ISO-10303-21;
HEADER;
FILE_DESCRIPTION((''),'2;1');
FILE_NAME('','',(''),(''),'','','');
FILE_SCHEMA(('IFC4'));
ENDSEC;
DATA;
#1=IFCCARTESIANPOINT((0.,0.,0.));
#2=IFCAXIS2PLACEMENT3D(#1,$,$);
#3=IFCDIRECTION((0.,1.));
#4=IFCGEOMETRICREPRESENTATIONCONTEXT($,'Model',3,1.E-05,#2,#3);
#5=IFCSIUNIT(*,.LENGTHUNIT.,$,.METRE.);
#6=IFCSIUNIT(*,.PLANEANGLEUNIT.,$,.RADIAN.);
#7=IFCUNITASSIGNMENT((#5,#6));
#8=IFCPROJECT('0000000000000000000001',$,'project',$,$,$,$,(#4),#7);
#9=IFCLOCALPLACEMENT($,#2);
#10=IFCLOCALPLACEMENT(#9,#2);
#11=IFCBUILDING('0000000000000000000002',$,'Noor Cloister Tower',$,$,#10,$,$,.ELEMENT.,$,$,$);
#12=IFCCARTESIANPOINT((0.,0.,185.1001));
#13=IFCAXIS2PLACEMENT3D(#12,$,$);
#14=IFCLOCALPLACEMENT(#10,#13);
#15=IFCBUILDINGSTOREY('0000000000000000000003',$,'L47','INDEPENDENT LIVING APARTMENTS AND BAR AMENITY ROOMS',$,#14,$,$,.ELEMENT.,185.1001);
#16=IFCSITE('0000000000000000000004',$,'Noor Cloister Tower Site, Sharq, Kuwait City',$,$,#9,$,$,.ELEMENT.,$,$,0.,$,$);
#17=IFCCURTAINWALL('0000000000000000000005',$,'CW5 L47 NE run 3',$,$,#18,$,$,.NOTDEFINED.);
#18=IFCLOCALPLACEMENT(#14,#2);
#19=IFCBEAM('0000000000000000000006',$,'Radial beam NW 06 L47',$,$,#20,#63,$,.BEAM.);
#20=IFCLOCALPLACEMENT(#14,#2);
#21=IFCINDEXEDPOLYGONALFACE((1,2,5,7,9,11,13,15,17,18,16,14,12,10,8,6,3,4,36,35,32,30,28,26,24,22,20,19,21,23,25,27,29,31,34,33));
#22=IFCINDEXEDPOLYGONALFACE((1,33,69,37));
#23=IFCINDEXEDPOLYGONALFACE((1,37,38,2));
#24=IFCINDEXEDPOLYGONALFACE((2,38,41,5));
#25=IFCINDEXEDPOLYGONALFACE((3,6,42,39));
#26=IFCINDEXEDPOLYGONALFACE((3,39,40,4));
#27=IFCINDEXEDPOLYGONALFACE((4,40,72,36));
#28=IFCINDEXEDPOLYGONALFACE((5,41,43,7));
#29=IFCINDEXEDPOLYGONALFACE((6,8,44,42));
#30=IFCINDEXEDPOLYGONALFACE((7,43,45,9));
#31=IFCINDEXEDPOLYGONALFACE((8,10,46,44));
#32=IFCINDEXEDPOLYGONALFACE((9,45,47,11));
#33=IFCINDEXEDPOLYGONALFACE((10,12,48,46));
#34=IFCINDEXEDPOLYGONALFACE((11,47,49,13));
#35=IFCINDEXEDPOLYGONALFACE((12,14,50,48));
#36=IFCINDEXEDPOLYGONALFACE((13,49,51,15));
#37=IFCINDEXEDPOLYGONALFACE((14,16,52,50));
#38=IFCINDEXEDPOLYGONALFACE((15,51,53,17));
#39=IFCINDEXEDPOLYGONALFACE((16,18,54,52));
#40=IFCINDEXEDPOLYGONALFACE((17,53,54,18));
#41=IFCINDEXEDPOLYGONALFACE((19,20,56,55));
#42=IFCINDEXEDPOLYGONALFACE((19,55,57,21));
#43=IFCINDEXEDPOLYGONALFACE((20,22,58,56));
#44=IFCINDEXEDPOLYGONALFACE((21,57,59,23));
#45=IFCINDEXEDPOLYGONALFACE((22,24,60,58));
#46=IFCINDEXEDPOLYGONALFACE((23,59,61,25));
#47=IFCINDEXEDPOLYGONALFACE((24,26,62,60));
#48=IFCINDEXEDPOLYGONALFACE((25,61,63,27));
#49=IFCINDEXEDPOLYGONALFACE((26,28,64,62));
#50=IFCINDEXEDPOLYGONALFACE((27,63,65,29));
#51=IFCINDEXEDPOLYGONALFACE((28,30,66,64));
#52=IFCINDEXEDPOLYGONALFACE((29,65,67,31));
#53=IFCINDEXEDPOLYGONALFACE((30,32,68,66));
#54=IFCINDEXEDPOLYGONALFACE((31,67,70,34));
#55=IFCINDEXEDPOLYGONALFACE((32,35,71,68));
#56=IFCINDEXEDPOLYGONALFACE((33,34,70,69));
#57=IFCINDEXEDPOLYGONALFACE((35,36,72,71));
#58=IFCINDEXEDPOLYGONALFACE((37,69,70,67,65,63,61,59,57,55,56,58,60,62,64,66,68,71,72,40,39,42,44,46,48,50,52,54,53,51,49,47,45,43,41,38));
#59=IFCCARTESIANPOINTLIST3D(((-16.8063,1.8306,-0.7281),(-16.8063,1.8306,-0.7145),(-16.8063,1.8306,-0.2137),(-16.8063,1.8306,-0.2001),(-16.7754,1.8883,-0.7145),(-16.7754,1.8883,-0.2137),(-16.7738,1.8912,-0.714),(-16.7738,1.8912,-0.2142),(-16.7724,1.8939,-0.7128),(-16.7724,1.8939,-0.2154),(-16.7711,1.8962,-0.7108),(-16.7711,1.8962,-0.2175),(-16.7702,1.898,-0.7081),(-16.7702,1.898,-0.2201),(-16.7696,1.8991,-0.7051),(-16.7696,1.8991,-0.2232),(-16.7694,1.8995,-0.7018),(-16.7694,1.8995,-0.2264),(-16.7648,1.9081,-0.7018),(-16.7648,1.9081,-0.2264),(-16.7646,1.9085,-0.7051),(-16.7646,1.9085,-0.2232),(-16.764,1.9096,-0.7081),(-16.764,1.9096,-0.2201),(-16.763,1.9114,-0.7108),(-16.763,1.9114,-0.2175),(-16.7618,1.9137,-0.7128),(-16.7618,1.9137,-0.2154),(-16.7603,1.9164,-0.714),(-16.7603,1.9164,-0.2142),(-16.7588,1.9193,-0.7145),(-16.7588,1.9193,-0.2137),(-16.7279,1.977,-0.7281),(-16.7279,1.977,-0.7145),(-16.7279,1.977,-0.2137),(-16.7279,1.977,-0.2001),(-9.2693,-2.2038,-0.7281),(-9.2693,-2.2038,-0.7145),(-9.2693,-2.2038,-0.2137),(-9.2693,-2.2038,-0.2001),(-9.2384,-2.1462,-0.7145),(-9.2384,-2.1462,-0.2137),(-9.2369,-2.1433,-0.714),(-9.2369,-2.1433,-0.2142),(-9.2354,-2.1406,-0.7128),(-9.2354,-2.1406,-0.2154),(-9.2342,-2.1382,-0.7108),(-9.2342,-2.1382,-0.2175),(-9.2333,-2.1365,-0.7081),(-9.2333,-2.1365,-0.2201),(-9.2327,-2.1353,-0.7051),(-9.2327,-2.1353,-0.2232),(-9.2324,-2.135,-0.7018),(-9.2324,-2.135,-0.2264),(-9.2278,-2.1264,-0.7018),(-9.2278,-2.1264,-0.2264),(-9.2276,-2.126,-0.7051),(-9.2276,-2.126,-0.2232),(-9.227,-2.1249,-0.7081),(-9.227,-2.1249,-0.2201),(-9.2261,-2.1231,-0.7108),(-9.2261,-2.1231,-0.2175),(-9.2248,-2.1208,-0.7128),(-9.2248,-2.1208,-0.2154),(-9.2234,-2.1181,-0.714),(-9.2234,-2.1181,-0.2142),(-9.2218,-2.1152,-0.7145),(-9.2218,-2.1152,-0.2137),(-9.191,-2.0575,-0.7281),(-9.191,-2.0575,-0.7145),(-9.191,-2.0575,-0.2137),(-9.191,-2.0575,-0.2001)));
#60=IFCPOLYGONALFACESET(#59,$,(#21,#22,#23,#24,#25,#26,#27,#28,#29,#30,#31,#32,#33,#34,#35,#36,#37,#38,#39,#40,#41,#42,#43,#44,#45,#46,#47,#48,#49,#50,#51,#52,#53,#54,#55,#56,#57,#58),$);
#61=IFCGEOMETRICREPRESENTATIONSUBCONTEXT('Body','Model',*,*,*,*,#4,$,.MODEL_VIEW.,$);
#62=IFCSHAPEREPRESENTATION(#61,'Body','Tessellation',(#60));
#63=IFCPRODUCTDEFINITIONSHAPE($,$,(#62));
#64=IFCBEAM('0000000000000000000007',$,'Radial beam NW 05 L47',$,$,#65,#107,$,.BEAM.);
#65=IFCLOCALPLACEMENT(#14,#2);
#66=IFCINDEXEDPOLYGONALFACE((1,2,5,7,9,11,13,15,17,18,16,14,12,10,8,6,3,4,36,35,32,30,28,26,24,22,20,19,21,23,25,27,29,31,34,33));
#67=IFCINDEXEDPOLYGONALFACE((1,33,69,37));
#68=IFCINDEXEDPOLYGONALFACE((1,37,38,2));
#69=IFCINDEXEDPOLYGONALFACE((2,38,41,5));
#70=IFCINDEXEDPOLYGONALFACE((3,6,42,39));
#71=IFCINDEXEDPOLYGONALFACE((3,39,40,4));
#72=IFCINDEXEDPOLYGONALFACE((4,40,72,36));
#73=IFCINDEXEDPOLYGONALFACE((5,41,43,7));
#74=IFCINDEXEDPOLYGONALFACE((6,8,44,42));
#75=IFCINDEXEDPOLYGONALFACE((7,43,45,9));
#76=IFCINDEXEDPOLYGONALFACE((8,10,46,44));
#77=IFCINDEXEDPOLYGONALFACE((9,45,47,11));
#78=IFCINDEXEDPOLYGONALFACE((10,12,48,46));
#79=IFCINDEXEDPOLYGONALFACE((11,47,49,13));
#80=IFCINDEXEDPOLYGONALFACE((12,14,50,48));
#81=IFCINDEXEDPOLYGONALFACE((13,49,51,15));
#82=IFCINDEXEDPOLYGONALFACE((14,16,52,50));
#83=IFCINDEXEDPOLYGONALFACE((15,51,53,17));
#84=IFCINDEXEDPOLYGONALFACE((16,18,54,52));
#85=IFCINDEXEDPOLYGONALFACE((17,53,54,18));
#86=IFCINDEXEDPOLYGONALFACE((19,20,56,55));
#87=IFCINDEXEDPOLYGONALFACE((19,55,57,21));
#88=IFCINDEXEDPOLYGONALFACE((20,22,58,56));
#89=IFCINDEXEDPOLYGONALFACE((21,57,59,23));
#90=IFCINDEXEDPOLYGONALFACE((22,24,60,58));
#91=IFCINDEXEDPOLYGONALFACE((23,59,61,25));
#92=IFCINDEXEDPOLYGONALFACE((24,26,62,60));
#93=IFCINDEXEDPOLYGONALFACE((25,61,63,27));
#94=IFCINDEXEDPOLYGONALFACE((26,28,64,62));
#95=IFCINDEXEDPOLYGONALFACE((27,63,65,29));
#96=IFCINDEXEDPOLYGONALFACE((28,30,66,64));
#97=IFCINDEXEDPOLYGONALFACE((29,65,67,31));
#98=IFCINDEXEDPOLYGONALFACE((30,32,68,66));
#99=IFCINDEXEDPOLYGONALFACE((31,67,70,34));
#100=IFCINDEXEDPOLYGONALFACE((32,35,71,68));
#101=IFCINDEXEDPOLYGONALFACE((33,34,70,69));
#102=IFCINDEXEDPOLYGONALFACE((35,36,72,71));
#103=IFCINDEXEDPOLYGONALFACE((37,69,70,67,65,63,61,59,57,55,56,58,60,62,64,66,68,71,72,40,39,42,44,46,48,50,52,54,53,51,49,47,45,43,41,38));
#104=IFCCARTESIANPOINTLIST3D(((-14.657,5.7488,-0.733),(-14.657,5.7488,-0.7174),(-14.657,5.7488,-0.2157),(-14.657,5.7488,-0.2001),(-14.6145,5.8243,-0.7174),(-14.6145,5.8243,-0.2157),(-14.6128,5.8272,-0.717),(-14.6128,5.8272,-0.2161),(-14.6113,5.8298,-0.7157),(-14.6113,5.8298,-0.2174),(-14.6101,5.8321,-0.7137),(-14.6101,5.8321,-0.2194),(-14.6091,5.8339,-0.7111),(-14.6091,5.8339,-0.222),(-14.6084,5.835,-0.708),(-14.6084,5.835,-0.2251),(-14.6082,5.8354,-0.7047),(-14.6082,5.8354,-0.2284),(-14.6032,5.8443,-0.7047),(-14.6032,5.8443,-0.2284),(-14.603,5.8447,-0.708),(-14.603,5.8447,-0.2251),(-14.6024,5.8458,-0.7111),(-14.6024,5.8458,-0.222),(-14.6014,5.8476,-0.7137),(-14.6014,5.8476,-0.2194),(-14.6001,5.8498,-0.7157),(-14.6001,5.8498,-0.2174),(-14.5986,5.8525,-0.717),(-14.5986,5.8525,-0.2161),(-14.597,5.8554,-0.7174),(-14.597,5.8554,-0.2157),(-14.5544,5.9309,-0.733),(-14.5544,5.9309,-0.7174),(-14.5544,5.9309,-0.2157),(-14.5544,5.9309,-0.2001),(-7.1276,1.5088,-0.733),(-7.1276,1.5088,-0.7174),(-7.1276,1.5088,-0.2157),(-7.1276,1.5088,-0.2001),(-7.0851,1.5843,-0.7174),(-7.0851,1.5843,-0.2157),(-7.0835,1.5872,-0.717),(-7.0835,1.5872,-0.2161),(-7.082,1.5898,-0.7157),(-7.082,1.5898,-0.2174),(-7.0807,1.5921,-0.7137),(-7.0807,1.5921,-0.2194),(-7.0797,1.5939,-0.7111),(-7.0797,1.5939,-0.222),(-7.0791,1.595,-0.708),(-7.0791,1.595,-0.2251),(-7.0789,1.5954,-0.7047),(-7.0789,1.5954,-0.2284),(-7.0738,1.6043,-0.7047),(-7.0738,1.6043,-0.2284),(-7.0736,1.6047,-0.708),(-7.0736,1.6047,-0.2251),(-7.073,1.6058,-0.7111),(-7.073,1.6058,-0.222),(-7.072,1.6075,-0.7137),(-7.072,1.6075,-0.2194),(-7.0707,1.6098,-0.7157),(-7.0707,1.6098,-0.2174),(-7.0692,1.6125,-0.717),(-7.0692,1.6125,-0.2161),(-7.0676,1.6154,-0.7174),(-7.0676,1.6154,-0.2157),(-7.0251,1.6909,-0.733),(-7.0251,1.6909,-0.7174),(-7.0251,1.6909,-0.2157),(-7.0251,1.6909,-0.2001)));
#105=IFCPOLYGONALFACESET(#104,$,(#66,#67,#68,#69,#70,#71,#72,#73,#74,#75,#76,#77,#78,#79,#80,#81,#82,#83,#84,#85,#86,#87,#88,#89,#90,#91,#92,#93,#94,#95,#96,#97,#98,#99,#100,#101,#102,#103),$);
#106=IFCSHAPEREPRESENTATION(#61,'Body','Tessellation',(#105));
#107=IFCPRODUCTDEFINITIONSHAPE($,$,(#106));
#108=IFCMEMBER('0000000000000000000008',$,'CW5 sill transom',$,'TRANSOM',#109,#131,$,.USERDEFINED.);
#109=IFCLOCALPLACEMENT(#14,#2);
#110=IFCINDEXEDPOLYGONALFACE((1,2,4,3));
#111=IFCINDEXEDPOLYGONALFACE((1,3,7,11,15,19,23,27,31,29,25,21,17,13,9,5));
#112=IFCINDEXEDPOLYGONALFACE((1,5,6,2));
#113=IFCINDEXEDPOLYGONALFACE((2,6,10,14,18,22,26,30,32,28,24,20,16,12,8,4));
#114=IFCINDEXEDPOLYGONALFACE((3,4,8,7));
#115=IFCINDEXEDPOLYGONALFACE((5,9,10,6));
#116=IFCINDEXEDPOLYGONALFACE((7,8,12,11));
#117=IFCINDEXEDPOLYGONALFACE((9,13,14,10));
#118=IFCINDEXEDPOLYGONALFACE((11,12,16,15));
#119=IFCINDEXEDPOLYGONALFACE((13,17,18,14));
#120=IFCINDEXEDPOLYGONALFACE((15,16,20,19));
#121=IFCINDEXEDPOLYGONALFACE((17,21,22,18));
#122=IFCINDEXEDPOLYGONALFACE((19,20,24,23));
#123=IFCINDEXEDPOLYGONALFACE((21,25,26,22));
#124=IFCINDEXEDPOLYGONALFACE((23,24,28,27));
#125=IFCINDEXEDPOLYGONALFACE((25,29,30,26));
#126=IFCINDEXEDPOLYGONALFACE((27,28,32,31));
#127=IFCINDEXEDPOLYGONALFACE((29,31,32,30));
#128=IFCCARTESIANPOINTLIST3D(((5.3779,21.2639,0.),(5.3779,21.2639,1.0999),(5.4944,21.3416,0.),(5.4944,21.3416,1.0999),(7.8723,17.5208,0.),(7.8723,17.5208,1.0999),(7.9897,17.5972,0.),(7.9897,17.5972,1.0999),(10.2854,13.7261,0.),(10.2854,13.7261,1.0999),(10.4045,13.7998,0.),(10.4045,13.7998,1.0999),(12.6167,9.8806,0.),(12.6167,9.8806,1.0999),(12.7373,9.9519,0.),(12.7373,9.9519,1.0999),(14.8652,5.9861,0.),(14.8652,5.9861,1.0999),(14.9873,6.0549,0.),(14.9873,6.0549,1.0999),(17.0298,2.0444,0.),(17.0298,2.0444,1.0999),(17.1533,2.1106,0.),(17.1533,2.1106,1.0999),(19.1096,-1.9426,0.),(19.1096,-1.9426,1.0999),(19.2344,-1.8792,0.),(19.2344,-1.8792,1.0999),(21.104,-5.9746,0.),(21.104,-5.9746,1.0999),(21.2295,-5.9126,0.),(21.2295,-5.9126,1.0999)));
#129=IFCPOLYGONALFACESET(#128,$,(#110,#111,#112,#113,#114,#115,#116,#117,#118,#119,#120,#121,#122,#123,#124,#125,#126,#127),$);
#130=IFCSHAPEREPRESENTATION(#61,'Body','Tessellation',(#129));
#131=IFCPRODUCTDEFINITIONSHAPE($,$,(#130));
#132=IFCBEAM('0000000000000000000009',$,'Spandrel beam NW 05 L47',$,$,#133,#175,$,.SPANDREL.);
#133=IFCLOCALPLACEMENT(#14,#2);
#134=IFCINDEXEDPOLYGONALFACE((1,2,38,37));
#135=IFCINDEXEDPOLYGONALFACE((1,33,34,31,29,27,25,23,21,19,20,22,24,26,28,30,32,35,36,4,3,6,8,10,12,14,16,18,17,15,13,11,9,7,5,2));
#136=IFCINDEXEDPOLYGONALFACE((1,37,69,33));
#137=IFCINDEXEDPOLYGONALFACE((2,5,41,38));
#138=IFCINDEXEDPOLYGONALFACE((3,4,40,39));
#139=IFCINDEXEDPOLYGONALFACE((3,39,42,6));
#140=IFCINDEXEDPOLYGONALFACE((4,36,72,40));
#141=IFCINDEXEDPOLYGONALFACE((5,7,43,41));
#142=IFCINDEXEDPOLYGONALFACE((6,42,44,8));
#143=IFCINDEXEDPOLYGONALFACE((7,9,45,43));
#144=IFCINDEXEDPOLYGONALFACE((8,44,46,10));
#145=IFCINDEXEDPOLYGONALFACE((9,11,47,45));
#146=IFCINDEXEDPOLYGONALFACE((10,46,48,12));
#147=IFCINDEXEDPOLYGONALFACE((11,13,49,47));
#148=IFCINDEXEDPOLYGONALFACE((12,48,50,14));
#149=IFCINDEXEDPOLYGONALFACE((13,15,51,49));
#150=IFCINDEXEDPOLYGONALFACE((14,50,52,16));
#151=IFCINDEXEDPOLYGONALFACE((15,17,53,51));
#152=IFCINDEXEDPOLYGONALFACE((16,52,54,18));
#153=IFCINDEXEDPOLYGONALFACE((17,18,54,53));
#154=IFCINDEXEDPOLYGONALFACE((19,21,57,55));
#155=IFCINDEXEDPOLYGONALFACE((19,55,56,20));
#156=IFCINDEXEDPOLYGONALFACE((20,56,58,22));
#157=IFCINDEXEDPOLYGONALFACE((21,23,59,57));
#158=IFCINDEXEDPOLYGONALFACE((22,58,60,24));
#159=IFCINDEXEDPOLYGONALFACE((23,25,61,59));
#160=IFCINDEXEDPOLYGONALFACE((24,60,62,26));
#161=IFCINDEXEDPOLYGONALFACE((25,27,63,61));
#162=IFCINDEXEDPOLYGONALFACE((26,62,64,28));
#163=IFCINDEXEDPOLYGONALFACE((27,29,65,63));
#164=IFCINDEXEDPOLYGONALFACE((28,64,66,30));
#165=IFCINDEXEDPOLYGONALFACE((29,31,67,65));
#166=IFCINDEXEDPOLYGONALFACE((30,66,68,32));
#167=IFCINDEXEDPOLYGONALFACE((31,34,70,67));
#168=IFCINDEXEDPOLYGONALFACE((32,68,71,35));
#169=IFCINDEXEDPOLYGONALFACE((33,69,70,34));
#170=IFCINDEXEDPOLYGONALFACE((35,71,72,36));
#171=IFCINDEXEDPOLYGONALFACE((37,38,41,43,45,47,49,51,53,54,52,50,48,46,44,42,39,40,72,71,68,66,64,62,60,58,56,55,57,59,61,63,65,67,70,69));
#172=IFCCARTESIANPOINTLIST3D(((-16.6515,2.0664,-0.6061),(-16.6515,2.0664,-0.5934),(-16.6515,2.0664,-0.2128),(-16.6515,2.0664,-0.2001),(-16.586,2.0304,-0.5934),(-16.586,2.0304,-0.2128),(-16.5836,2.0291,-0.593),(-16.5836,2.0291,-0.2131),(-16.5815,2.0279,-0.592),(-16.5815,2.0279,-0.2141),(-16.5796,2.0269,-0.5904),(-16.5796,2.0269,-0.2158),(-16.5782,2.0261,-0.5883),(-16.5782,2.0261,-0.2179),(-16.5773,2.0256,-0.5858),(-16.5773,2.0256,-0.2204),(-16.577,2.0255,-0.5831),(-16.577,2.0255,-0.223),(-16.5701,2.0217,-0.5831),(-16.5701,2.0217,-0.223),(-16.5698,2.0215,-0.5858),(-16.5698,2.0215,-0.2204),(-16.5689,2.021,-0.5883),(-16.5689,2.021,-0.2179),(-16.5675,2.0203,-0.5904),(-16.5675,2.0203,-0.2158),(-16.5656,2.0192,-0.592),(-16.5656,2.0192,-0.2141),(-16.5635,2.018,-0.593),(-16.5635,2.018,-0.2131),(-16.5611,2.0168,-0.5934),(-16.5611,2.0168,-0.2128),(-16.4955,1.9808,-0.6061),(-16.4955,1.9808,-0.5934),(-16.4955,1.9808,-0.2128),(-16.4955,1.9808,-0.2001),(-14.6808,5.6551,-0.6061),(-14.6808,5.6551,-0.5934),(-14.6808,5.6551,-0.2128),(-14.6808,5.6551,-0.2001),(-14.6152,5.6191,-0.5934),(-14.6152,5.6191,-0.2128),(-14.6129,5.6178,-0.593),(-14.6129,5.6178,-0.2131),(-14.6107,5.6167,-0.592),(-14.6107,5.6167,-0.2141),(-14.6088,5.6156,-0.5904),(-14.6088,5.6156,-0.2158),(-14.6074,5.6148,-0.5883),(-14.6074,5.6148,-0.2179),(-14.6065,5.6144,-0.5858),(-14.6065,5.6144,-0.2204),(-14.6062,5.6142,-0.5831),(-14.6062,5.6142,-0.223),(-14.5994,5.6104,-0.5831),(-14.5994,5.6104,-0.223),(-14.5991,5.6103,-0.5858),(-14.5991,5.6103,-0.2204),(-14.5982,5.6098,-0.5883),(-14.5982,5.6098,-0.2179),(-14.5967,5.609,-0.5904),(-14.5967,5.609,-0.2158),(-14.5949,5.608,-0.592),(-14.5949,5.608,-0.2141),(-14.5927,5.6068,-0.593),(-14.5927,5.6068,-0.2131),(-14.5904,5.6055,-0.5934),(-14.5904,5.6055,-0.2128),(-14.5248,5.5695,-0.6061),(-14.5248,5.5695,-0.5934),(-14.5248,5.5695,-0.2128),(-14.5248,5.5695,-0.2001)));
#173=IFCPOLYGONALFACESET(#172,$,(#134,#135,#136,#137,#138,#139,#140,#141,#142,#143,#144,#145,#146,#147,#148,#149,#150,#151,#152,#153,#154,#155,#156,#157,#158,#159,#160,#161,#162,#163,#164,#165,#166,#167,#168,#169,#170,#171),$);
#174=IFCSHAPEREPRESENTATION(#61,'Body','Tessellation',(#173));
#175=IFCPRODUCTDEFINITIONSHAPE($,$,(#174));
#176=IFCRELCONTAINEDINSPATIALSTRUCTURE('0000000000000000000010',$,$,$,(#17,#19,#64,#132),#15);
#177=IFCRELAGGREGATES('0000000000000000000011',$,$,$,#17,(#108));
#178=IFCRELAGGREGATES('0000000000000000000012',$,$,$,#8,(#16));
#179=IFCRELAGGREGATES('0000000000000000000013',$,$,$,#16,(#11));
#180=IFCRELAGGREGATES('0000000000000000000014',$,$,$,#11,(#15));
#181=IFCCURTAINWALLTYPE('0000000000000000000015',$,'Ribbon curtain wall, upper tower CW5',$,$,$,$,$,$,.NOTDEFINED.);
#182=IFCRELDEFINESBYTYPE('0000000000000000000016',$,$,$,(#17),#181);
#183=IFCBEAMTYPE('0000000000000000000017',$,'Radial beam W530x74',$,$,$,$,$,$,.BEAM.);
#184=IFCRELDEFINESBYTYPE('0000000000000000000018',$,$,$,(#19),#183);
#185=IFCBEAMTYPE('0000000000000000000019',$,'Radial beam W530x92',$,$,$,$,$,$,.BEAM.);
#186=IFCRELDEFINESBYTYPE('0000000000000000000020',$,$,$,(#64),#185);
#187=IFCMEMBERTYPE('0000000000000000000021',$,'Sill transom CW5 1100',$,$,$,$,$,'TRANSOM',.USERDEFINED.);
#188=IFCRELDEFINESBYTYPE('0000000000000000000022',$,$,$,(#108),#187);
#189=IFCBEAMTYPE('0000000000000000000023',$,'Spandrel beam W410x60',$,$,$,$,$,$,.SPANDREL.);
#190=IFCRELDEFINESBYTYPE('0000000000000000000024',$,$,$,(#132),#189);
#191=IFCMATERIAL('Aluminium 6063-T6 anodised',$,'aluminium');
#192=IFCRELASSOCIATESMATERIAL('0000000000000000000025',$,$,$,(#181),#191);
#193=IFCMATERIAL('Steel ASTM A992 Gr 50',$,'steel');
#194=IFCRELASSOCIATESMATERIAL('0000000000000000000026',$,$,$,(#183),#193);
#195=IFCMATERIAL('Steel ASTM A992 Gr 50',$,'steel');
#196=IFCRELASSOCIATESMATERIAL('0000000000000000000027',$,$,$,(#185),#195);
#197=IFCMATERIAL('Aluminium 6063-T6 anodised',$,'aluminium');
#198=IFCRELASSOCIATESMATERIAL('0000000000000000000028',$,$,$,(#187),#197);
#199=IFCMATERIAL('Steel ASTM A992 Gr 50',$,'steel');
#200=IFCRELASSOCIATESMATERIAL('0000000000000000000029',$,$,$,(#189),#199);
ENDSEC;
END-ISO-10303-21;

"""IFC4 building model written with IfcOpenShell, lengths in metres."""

from ifc_helpers import new_model, si_unit, direction, frame, origin, origin_2d, place, context, subcontext, project, spatial, polyline, i_section, outline, extrude, material, material_profile, profile_set, type_object, element, aggregate, save


model = new_model("IFC4")

# Units and contexts
model_context = context("Model", 3, precision=1e-05, world=origin(), true_north=direction((0.0, 1.0)))
body_context = subcontext(model_context, "Body", "Model", "MODEL_VIEW")
ifc_project = project(units=[si_unit("LENGTHUNIT", "METRE"), si_unit("PLANEANGLEUNIT", "RADIAN")], contexts=[model_context])

# Site, building, storey
site_placement = place(None, origin())
site = spatial("IfcSite", under=ifc_project, at=site_placement, Name="Noor Cloister Tower Site, Sharq, Kuwait City", CompositionType="ELEMENT", RefElevation=0.0)
building_placement = place(site_placement, origin())
building = spatial("IfcBuilding", under=site, at=building_placement, Name="Noor Cloister Tower", CompositionType="ELEMENT")
storey_placement = place(building_placement, frame((0.0, 0.0, 185.1001)))
storey = spatial("IfcBuildingStorey", under=building, at=storey_placement, Name="L47", Description="INDEPENDENT LIVING APARTMENTS AND BAR AMENITY ROOMS", CompositionType="ELEMENT", Elevation=185.1001)

# Curtain wall
ifc_material_1 = material(Name="Aluminium 6063-T6 anodised", Category="aluminium")
curtain_wall_type = type_object("IfcCurtainWallType", Name="Ribbon curtain wall, upper tower CW5", PredefinedType="NOTDEFINED", material=ifc_material_1)
curtain_wall_1_placement = place(storey_placement, origin())
curtain_wall_1 = element("IfcCurtainWall", 1, at=curtain_wall_1_placement, inside=storey, type_object=curtain_wall_type, Name="CW5 L47 NE run 3", PredefinedType="NOTDEFINED")

# Beams
ifc_material_2 = material(Name="Steel ASTM A992 Gr 50", Category="steel")
ifc_material_profile_1 = material_profile(ifc_material_2, i_section(OverallWidth=0.166, OverallDepth=0.5281, WebThickness=0.0098, FlangeThickness=0.0137, FilletRadius=0.0127, at=origin_2d()), Name="W530x74")
ifc_profile_set_1 = profile_set([ifc_material_profile_1], Name="Steel ASTM A992 Gr 50")
beam_type_1 = type_object("IfcBeamType", Name="Radial beam W530x74", PredefinedType="BEAM", material=ifc_profile_set_1)
beam_1_placement = place(storey_placement, frame((-16.7671, 1.9038, -0.4641), z_axis=(0.881635, -0.471932, 0.0), x_axis=(0.471932, 0.881635, 0.0)))
element("IfcBeam", 2, at=beam_1_placement, inside=storey, type_object=beam_type_1, Name="Radial beam NW 06 L47", PredefinedType="BEAM", context=body_context, shape_type="SweptSolid", body=[
    extrude(i_section(OverallWidth=0.166, OverallDepth=0.5281, WebThickness=0.0098, FlangeThickness=0.0137, FilletRadius=0.0127, at=origin_2d()), origin(), (0.0, 0.0, 1.0), 8.5488),
])
ifc_material_3 = material(Name="Steel ASTM A992 Gr 50", Category="steel")
ifc_material_profile_2 = material_profile(ifc_material_3, i_section(OverallWidth=0.209, OverallDepth=0.533, WebThickness=0.0103, FlangeThickness=0.0156, FilletRadius=0.0127, at=origin_2d()), Name="W530x92")
ifc_profile_set_2 = profile_set([ifc_material_profile_2], Name="Steel ASTM A992 Gr 50")
beam_type_2 = type_object("IfcBeamType", Name="Radial beam W530x92", PredefinedType="BEAM", material=ifc_profile_set_2)
beam_2_placement = place(storey_placement, frame((-14.6057, 5.8398, -0.4666), z_axis=(0.87134, -0.49068, 0.0), x_axis=(0.49068, 0.87134, 0.0)))
element("IfcBeam", 3, at=beam_2_placement, inside=storey, type_object=beam_type_2, Name="Radial beam NW 05 L47", PredefinedType="BEAM", context=body_context, shape_type="SweptSolid", body=[
    extrude(i_section(OverallWidth=0.209, OverallDepth=0.533, WebThickness=0.0103, FlangeThickness=0.0156, FilletRadius=0.0127, at=origin_2d()), origin(), (0.0, 0.0, 1.0), 8.6411),
])

# Member
ifc_material_4 = material(Name="Aluminium 6063-T6 anodised", Category="aluminium")
member_type_1 = type_object("IfcMemberType", Name="Sill transom CW5 1100", ElementType="TRANSOM", PredefinedType="USERDEFINED", material=ifc_material_4)
member_1_placement = place(storey_placement, origin())
member_1 = element("IfcMember", 4, at=member_1_placement, type_object=member_type_1, Name="CW5 sill transom", ObjectType="TRANSOM", PredefinedType="USERDEFINED", context=body_context, shape_type="SweptSolid", body=[
    extrude(outline(polyline([(21.2295, -5.9126), (19.2344, -1.8792), (17.1533, 2.1106), (14.9873, 6.0549), (12.7373, 9.9519), (10.4045, 13.7998), (7.9897, 17.5972), (5.4944, 21.3416), (5.3779, 21.2639), (7.8723, 17.5208), (10.2854, 13.7261), (12.6167, 9.8806), (14.8652, 5.9861), (17.0298, 2.0444), (19.1096, -1.9426), (21.104, -5.9746), (21.2295, -5.9126)])), origin(), (0.0, 0.0, 1.0), 1.0999),
])
aggregate(curtain_wall_1, [member_1])

# Beam
ifc_material_5 = material(Name="Steel ASTM A992 Gr 50", Category="steel")
ifc_material_profile_3 = material_profile(ifc_material_5, i_section(OverallWidth=0.178, OverallDepth=0.406, WebThickness=0.0078, FlangeThickness=0.0127, FilletRadius=0.0103, at=origin_2d()), Name="W410x60")
ifc_profile_set_3 = profile_set([ifc_material_profile_3], Name="Steel ASTM A992 Gr 50")
beam_type_3 = type_object("IfcBeamType", Name="Spandrel beam W410x60", PredefinedType="SPANDREL", material=ifc_profile_set_3)
beam_3_placement = place(storey_placement, frame((-14.6028, 5.6123, -0.4031), z_axis=(-0.481349, -0.876529, 0.0), x_axis=(0.876529, -0.481349, 0.0)))
element("IfcBeam", 5, at=beam_3_placement, inside=storey, type_object=beam_type_3, Name="Spandrel beam NW 05 L47", PredefinedType="SPANDREL", context=body_context, shape_type="SweptSolid", body=[
    extrude(i_section(OverallWidth=0.178, OverallDepth=0.406, WebThickness=0.0078, FlangeThickness=0.0127, FilletRadius=0.0103, at=origin_2d()), origin(), (0.0, 0.0, 1.0), 4.0942),
])

save(model, "model.ifc")
